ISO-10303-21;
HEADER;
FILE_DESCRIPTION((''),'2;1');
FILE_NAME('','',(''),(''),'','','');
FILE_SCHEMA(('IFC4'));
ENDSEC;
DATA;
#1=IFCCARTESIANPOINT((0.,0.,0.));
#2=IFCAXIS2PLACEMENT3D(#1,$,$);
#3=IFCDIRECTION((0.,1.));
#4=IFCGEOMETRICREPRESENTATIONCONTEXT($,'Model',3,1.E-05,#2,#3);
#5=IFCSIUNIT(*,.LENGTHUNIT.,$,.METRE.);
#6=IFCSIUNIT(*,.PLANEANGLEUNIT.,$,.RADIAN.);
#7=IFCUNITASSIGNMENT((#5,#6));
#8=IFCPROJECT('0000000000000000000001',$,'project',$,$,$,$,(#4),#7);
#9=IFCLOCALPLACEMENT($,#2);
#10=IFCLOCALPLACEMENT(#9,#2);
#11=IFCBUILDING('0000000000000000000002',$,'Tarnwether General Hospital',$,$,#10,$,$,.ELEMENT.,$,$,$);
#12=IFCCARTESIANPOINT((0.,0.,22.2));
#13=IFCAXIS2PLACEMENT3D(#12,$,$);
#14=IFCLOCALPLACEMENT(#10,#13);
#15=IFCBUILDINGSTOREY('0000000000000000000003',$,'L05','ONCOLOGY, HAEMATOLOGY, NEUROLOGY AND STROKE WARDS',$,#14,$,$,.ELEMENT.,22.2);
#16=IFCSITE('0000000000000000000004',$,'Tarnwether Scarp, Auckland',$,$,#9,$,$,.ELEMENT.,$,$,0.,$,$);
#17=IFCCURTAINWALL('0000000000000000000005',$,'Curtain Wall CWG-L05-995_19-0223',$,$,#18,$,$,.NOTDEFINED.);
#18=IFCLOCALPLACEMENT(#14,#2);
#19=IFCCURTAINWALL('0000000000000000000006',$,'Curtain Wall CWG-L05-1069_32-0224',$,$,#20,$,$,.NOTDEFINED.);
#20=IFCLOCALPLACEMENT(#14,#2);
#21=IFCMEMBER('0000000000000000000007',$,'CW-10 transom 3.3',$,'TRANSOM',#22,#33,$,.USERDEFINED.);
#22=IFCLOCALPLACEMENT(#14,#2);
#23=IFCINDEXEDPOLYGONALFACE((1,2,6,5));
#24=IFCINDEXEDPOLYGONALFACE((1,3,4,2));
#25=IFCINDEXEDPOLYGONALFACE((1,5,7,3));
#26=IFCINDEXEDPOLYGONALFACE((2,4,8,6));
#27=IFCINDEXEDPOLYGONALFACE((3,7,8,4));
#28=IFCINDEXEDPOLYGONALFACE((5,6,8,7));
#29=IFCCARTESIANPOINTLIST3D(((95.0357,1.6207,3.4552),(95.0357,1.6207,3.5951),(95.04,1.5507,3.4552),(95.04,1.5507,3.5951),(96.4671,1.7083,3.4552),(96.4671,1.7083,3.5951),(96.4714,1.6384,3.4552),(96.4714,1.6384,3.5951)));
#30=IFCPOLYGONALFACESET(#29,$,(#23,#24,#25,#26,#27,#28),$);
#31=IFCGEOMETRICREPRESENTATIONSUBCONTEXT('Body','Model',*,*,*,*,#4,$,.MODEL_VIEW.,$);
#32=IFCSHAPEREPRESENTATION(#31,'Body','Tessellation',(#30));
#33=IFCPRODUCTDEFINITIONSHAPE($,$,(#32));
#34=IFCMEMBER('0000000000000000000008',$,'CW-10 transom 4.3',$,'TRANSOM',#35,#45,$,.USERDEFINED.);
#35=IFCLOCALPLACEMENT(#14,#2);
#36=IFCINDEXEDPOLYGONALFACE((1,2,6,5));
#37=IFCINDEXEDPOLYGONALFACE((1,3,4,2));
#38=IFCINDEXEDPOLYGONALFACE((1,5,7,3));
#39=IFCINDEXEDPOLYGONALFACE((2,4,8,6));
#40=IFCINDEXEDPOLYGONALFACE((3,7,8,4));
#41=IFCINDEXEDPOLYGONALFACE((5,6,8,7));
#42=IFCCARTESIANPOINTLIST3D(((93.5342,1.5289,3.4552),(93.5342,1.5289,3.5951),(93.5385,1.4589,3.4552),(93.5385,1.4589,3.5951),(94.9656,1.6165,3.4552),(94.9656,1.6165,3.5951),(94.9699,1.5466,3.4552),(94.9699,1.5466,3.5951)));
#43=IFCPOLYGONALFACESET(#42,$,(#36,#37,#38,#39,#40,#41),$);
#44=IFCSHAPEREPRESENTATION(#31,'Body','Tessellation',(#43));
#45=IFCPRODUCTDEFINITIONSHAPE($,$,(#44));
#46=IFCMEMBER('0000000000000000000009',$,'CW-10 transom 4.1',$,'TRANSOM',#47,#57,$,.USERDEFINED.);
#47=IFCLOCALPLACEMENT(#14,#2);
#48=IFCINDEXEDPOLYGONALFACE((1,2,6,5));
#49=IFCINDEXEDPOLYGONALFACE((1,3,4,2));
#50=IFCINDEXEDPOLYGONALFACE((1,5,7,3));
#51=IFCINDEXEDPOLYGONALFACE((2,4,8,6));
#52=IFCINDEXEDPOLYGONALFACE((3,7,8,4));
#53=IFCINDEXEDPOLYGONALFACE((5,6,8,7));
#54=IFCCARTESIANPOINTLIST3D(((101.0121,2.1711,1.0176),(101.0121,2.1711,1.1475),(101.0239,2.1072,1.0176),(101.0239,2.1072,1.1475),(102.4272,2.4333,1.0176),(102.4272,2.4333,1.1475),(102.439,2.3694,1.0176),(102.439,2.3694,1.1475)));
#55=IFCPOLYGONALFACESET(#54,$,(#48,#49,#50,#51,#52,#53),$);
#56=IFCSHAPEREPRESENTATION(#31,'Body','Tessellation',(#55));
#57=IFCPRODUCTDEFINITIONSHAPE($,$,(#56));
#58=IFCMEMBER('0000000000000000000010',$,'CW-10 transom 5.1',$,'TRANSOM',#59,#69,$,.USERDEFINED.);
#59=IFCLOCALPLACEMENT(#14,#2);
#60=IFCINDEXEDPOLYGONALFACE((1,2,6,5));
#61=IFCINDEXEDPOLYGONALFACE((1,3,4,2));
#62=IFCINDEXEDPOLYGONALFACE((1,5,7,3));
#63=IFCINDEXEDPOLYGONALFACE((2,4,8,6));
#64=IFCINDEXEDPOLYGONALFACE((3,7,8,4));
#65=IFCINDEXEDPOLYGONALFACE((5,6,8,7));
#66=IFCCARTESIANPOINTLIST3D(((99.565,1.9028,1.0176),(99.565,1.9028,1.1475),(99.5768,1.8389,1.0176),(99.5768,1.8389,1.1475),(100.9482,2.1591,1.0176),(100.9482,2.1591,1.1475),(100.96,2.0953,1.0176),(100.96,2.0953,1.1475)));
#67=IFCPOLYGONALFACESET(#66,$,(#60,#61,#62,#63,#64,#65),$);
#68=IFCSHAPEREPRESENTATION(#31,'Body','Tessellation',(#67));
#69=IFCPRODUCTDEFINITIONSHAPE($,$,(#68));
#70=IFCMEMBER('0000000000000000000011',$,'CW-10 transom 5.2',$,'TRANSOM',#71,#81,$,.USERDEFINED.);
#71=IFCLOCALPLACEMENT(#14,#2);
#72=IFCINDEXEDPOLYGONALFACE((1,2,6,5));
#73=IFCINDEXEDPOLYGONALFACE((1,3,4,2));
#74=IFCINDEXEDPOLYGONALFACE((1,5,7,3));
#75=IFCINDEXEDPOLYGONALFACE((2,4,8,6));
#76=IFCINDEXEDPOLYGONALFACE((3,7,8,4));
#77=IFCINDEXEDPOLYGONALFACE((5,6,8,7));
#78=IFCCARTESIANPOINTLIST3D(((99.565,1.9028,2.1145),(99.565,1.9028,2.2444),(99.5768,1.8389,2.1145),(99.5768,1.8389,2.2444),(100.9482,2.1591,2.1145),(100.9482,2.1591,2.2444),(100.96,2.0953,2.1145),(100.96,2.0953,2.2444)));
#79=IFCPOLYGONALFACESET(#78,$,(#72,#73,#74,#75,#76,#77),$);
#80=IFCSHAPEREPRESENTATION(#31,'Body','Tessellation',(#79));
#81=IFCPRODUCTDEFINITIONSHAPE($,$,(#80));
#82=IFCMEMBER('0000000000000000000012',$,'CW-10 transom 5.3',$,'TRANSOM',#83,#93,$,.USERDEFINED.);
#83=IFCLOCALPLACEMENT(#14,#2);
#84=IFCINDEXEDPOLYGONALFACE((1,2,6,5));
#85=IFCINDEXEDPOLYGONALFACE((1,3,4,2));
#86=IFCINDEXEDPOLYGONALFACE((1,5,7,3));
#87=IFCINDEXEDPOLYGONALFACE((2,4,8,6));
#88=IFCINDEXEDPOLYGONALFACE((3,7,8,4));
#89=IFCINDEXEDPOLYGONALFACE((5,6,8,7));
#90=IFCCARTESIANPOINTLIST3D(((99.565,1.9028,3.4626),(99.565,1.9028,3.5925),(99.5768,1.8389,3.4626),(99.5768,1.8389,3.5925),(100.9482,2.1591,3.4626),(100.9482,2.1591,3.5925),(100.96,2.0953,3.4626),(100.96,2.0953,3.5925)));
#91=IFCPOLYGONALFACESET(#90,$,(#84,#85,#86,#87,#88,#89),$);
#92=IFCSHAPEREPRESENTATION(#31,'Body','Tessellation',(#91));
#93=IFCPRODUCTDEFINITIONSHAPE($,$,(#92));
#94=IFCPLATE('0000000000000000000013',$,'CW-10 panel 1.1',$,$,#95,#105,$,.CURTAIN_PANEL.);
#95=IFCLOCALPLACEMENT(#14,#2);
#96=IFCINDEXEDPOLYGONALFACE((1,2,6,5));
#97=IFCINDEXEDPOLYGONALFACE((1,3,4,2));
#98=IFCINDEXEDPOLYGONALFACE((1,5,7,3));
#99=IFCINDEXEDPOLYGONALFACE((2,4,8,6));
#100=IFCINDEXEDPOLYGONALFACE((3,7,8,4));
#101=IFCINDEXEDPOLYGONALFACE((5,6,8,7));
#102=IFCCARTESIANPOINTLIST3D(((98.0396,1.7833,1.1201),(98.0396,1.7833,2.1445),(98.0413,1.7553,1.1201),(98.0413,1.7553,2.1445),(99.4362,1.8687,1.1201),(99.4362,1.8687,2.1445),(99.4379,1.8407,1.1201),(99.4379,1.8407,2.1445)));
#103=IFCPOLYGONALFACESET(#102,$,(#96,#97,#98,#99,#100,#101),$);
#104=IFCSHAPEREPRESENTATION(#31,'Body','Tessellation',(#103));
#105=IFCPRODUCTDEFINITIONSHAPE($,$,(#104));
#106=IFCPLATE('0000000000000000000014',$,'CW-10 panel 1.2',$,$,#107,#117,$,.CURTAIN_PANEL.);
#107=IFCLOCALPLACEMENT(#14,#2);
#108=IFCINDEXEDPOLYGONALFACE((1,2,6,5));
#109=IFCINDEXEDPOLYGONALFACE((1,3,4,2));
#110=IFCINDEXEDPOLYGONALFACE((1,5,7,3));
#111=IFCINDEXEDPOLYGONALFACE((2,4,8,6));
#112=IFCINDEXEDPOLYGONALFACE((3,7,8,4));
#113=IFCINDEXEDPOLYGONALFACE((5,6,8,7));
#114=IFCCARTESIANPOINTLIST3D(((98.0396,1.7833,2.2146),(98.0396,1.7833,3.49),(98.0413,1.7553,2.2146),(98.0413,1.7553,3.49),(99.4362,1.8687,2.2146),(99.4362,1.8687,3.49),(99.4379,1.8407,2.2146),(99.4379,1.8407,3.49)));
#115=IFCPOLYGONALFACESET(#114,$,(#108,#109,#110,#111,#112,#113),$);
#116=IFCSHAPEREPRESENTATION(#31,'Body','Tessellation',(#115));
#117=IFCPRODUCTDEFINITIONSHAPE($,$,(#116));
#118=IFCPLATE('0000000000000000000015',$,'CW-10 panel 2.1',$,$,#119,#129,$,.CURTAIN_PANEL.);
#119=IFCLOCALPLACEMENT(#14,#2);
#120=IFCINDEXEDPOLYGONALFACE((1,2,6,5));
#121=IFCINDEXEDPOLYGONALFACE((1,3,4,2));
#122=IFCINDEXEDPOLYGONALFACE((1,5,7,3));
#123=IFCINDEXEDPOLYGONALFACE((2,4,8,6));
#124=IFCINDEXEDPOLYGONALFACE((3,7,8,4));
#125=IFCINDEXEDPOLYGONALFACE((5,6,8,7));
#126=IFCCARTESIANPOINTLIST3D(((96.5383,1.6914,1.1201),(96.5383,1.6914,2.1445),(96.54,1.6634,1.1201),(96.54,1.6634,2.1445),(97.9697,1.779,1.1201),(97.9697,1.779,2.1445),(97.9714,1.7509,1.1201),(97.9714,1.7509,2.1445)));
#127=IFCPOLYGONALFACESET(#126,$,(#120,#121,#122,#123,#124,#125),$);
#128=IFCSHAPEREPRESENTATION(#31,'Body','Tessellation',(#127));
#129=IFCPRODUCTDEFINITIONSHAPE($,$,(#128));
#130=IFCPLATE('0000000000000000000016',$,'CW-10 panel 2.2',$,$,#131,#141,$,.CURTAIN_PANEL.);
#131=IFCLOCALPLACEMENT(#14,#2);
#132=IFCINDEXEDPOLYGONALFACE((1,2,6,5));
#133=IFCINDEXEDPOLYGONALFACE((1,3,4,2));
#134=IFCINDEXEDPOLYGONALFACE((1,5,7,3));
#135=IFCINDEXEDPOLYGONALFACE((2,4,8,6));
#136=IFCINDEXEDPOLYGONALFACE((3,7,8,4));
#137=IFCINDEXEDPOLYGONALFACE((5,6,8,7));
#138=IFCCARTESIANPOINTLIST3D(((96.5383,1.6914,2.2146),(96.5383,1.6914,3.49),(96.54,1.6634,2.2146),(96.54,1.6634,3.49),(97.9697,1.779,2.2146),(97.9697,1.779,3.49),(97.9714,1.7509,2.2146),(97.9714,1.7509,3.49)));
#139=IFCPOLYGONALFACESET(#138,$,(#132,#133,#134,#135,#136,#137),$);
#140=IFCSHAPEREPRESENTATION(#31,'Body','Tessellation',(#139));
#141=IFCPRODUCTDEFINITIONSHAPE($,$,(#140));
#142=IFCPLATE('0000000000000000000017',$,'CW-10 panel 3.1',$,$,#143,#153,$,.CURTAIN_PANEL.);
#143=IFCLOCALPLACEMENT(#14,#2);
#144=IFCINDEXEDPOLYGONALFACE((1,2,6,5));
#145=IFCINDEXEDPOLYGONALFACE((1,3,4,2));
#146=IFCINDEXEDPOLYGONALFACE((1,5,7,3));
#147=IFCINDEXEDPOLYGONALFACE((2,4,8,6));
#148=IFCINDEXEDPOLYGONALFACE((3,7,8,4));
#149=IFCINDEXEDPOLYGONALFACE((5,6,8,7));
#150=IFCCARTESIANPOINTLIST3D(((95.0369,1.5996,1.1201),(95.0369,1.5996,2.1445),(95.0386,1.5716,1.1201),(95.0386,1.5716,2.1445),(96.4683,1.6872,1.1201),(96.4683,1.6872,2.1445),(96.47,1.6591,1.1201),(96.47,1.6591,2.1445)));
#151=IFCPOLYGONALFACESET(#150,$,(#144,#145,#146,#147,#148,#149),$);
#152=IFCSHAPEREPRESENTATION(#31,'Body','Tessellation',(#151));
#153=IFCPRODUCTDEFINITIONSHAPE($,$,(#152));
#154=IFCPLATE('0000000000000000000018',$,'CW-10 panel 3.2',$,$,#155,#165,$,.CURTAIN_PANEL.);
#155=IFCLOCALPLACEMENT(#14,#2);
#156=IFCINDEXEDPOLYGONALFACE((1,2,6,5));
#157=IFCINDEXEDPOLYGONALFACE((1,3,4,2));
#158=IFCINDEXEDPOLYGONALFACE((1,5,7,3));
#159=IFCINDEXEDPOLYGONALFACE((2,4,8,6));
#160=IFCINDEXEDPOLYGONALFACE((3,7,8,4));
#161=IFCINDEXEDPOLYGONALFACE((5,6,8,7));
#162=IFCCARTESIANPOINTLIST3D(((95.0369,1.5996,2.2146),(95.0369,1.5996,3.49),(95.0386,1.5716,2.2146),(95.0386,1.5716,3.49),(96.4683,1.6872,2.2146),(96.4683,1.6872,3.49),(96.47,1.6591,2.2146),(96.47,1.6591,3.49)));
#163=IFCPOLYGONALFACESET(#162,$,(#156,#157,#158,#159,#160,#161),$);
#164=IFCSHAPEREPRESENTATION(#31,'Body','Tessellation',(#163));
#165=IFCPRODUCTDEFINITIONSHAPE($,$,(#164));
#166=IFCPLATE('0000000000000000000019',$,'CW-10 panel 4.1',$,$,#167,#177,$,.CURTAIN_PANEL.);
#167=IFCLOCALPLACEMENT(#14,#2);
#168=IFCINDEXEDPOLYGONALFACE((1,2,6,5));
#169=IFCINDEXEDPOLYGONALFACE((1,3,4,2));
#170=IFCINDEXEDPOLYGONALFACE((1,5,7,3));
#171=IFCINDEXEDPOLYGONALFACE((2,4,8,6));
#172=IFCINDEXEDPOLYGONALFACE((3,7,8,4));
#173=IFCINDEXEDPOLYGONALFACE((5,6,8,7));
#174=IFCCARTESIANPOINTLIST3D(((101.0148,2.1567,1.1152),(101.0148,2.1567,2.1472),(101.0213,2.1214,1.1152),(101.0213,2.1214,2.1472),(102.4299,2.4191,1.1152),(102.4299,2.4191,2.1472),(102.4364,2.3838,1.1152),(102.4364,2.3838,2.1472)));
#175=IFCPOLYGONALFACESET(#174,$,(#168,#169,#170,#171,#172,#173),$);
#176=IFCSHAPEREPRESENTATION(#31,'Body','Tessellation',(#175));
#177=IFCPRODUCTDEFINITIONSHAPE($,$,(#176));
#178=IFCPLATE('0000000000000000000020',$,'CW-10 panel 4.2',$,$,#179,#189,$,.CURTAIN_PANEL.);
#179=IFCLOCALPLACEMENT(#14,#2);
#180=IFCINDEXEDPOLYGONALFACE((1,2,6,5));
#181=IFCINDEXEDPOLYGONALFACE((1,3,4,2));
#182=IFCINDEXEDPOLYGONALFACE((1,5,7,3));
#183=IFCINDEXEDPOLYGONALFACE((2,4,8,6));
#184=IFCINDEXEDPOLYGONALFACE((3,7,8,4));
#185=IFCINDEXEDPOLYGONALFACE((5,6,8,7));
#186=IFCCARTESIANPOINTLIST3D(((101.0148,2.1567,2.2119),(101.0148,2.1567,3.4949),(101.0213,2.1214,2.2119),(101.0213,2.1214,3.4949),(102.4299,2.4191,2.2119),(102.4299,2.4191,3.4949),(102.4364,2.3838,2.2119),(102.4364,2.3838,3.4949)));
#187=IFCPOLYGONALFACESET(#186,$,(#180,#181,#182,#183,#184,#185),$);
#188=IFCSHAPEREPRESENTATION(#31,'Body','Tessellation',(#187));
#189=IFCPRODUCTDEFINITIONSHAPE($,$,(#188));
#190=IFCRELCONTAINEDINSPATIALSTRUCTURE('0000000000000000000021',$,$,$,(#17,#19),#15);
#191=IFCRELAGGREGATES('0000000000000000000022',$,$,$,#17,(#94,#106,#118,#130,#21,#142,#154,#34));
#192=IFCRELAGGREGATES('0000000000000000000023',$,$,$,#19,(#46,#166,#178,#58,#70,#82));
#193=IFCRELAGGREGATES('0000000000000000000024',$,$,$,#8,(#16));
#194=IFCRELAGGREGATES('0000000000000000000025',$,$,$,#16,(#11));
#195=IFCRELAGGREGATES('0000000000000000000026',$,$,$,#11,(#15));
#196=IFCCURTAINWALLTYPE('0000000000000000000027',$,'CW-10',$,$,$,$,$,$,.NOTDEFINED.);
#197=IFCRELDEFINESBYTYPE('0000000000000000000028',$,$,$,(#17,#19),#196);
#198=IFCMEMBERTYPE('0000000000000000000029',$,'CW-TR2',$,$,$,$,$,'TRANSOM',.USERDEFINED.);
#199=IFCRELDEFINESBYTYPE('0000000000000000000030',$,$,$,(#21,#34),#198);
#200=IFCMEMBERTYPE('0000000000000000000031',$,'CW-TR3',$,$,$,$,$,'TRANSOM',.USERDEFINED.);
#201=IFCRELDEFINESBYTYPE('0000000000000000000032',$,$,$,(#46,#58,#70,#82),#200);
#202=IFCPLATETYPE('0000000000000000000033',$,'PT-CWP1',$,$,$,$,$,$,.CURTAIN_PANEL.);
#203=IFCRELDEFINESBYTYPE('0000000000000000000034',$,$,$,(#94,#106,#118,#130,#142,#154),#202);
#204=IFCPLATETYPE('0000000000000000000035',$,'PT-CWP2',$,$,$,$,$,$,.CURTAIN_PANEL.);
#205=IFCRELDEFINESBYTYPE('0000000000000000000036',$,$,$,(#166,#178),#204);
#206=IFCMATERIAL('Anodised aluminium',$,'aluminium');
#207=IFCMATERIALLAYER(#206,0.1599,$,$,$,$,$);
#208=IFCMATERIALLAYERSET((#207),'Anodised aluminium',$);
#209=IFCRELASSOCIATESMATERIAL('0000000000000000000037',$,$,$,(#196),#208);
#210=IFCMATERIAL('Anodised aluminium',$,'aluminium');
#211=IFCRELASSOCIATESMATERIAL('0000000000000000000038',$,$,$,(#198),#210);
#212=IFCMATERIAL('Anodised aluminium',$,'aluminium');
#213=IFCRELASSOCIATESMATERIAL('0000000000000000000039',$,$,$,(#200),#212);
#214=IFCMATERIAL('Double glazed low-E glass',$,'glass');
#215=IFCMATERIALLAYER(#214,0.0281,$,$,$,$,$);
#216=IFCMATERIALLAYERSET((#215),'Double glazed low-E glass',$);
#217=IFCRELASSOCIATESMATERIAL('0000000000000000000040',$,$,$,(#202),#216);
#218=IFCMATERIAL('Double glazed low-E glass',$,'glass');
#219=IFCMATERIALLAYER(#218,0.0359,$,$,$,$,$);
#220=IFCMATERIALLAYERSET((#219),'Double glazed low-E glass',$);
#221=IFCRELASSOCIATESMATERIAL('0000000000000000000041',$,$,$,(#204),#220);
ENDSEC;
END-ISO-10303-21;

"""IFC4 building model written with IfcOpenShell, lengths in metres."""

from ifc_helpers import new_model, si_unit, direction, frame, origin, origin_2d, place, context, subcontext, project, spatial, rectangle, extrude, material, layer, layer_set, material_profile, profile_set, type_object, element, aggregate, save


model = new_model("IFC4")

# Units and contexts
model_context = context("Model", 3, precision=1e-05, world=origin(), true_north=direction((0.0, 1.0)))
body_context = subcontext(model_context, "Body", "Model", "MODEL_VIEW")
ifc_project = project(units=[si_unit("LENGTHUNIT", "METRE"), si_unit("PLANEANGLEUNIT", "RADIAN")], contexts=[model_context])

# Site, building, storey
site_placement = place(None, origin())
site = spatial("IfcSite", under=ifc_project, at=site_placement, Name="Tarnwether Scarp, Auckland", CompositionType="ELEMENT", RefElevation=0.0)
building_placement = place(site_placement, origin())
building = spatial("IfcBuilding", under=site, at=building_placement, Name="Tarnwether General Hospital", CompositionType="ELEMENT")
storey_placement = place(building_placement, frame((0.0, 0.0, 22.2)))
storey = spatial("IfcBuildingStorey", under=building, at=storey_placement, Name="L05", Description="ONCOLOGY, HAEMATOLOGY, NEUROLOGY AND STROKE WARDS", CompositionType="ELEMENT", Elevation=22.2)

# Curtain walls
ifc_material_1 = material(Name="Anodised aluminium", Category="aluminium")
ifc_layer_1 = layer(ifc_material_1, 0.1599)
ifc_layer_set_1 = layer_set([ifc_layer_1], Name="Anodised aluminium")
curtain_wall_type = type_object("IfcCurtainWallType", Name="CW-10", PredefinedType="NOTDEFINED", material=ifc_layer_set_1)
curtain_wall_1_placement = place(storey_placement, origin())
curtain_wall_1 = element("IfcCurtainWall", 1, at=curtain_wall_1_placement, inside=storey, type_object=curtain_wall_type, Name="Curtain Wall CWG-L05-995_19-0223", PredefinedType="NOTDEFINED")
curtain_wall_2_placement = place(storey_placement, origin())
curtain_wall_2 = element("IfcCurtainWall", 2, at=curtain_wall_2_placement, inside=storey, type_object=curtain_wall_type, Name="Curtain Wall CWG-L05-1069_32-0224", PredefinedType="NOTDEFINED")

# Members
ifc_material_2 = material(Name="Anodised aluminium", Category="aluminium")
ifc_material_profile_1 = material_profile(ifc_material_2, rectangle(XDim=0.0701, YDim=0.1399, at=origin_2d()), Name="ALU-TRN-70x140")
ifc_profile_set_1 = profile_set([ifc_material_profile_1], Name="Anodised aluminium")
member_type_1 = type_object("IfcMemberType", Name="CW-TR2", ElementType="TRANSOM", PredefinedType="USERDEFINED", material=ifc_profile_set_1)
member_1_placement = place(storey_placement, frame((96.4692, 1.6733, 3.5251), z_axis=(-0.998131, -0.061117, 0.0), x_axis=(0.061117, -0.998131, 0.0)))
member_1 = element("IfcMember", 3, at=member_1_placement, type_object=member_type_1, Name="CW-10 transom 3.3", ObjectType="TRANSOM", PredefinedType="USERDEFINED", context=body_context, shape_type="SweptSolid", body=[
    extrude(rectangle(XDim=0.0701, YDim=0.1399, at=origin_2d()), origin(), (0.0, 0.0, 1.0), 1.4341),
])
member_2_placement = place(storey_placement, frame((94.9678, 1.5815, 3.5251), z_axis=(-0.998131, -0.061117, 0.0), x_axis=(0.061117, -0.998131, 0.0)))
member_2 = element("IfcMember", 4, at=member_2_placement, type_object=member_type_1, Name="CW-10 transom 4.3", ObjectType="TRANSOM", PredefinedType="USERDEFINED", context=body_context, shape_type="SweptSolid", body=[
    extrude(rectangle(XDim=0.0701, YDim=0.1399, at=origin_2d()), origin(), (0.0, 0.0, 1.0), 1.4341),
])
ifc_material_3 = material(Name="Anodised aluminium", Category="aluminium")
ifc_material_profile_2 = material_profile(ifc_material_3, rectangle(XDim=0.0649, YDim=0.1299, at=origin_2d()), Name="ALU-TRN-65x130")
ifc_profile_set_2 = profile_set([ifc_material_profile_2], Name="Anodised aluminium")
member_type_2 = type_object("IfcMemberType", Name="CW-TR3", ElementType="TRANSOM", PredefinedType="USERDEFINED", material=ifc_profile_set_2)
member_3_placement = place(storey_placement, frame((102.4331, 2.4014, 1.0825), z_axis=(-0.983262, -0.182199, 0.0), x_axis=(0.182199, -0.983262, 0.0)))
member_3 = element("IfcMember", 5, at=member_3_placement, type_object=member_type_2, Name="CW-10 transom 4.1", ObjectType="TRANSOM", PredefinedType="USERDEFINED", context=body_context, shape_type="SweptSolid", body=[
    extrude(rectangle(XDim=0.0649, YDim=0.1299, at=origin_2d()), origin(), (0.0, 0.0, 1.0), 1.4392),
])
member_4_placement = place(storey_placement, frame((100.9541, 2.1272, 1.0825), z_axis=(-0.983259, -0.182214, 0.0), x_axis=(0.182214, -0.983259, 0.0)))
member_4 = element("IfcMember", 6, at=member_4_placement, type_object=member_type_2, Name="CW-10 transom 5.1", ObjectType="TRANSOM", PredefinedType="USERDEFINED", context=body_context, shape_type="SweptSolid", body=[
    extrude(rectangle(XDim=0.0649, YDim=0.1299, at=origin_2d()), origin(), (0.0, 0.0, 1.0), 1.4067),
])
member_5_placement = place(storey_placement, frame((100.9541, 2.1272, 2.1794), z_axis=(-0.983259, -0.182214, 0.0), x_axis=(0.182214, -0.983259, 0.0)))
member_5 = element("IfcMember", 7, at=member_5_placement, type_object=member_type_2, Name="CW-10 transom 5.2", ObjectType="TRANSOM", PredefinedType="USERDEFINED", context=body_context, shape_type="SweptSolid", body=[
    extrude(rectangle(XDim=0.0649, YDim=0.1299, at=origin_2d()), origin(), (0.0, 0.0, 1.0), 1.4067),
])
member_6_placement = place(storey_placement, frame((100.9541, 2.1272, 3.5276), z_axis=(-0.983259, -0.182214, 0.0), x_axis=(0.182214, -0.983259, 0.0)))
member_6 = element("IfcMember", 8, at=member_6_placement, type_object=member_type_2, Name="CW-10 transom 5.3", ObjectType="TRANSOM", PredefinedType="USERDEFINED", context=body_context, shape_type="SweptSolid", body=[
    extrude(rectangle(XDim=0.0649, YDim=0.1299, at=origin_2d()), origin(), (0.0, 0.0, 1.0), 1.4067),
])

# Plates
ifc_material_4 = material(Name="Double glazed low-E glass", Category="glass")
ifc_layer_2 = layer(ifc_material_4, 0.0281)
ifc_layer_set_2 = layer_set([ifc_layer_2], Name="Double glazed low-E glass")
plate_type_1 = type_object("IfcPlateType", Name="PT-CWP1", PredefinedType="CURTAIN_PANEL", material=ifc_layer_set_2)
plate_1_placement = place(storey_placement, frame((98.7388, 1.812, 1.1201), z_axis=(0.0, 0.0, 1.0), x_axis=(-0.998136, -0.061029, 0.0)))
plate_1 = element("IfcPlate", 9, at=plate_1_placement, type_object=plate_type_1, Name="CW-10 panel 1.1", PredefinedType="CURTAIN_PANEL", context=body_context, shape_type="SweptSolid", body=[
    extrude(rectangle(XDim=1.3992, YDim=0.0281, at=origin_2d()), origin(), (0.0, 0.0, 1.0), 1.0244),
])
plate_2_placement = place(storey_placement, frame((98.7388, 1.812, 2.2146), z_axis=(0.0, 0.0, 1.0), x_axis=(-0.998136, -0.061029, 0.0)))
plate_2 = element("IfcPlate", 10, at=plate_2_placement, type_object=plate_type_1, Name="CW-10 panel 1.2", PredefinedType="CURTAIN_PANEL", context=body_context, shape_type="SweptSolid", body=[
    extrude(rectangle(XDim=1.3992, YDim=0.0281, at=origin_2d()), origin(), (0.0, 0.0, 1.0), 1.2754),
])
plate_3_placement = place(storey_placement, frame((97.2549, 1.7212, 1.1201), z_axis=(0.0, 0.0, 1.0), x_axis=(-0.998136, -0.061029, 0.0)))
plate_3 = element("IfcPlate", 11, at=plate_3_placement, type_object=plate_type_1, Name="CW-10 panel 2.1", PredefinedType="CURTAIN_PANEL", context=body_context, shape_type="SweptSolid", body=[
    extrude(rectangle(XDim=1.4341, YDim=0.0281, at=origin_2d()), origin(), (0.0, 0.0, 1.0), 1.0244),
])
plate_4_placement = place(storey_placement, frame((97.2549, 1.7212, 2.2146), z_axis=(0.0, 0.0, 1.0), x_axis=(-0.998136, -0.061029, 0.0)))
plate_4 = element("IfcPlate", 12, at=plate_4_placement, type_object=plate_type_1, Name="CW-10 panel 2.2", PredefinedType="CURTAIN_PANEL", context=body_context, shape_type="SweptSolid", body=[
    extrude(rectangle(XDim=1.4341, YDim=0.0281, at=origin_2d()), origin(), (0.0, 0.0, 1.0), 1.2754),
])
plate_5_placement = place(storey_placement, frame((95.7534, 1.6294, 1.1201), z_axis=(0.0, 0.0, 1.0), x_axis=(-0.998136, -0.061029, 0.0)))
plate_5 = element("IfcPlate", 13, at=plate_5_placement, type_object=plate_type_1, Name="CW-10 panel 3.1", PredefinedType="CURTAIN_PANEL", context=body_context, shape_type="SweptSolid", body=[
    extrude(rectangle(XDim=1.4341, YDim=0.0281, at=origin_2d()), origin(), (0.0, 0.0, 1.0), 1.0244),
])
plate_6_placement = place(storey_placement, frame((95.7534, 1.6294, 2.2146), z_axis=(0.0, 0.0, 1.0), x_axis=(-0.998136, -0.061029, 0.0)))
plate_6 = element("IfcPlate", 14, at=plate_6_placement, type_object=plate_type_1, Name="CW-10 panel 3.2", PredefinedType="CURTAIN_PANEL", context=body_context, shape_type="SweptSolid", body=[
    extrude(rectangle(XDim=1.4341, YDim=0.0281, at=origin_2d()), origin(), (0.0, 0.0, 1.0), 1.2754),
])
aggregate(curtain_wall_1, [plate_1, plate_2, plate_3, plate_4, member_1, plate_5, plate_6, member_2])
ifc_material_5 = material(Name="Double glazed low-E glass", Category="glass")
ifc_layer_3 = layer(ifc_material_5, 0.0359)
ifc_layer_set_3 = layer_set([ifc_layer_3], Name="Double glazed low-E glass")
plate_type_2 = type_object("IfcPlateType", Name="PT-CWP2", PredefinedType="CURTAIN_PANEL", material=ifc_layer_set_3)
plate_7_placement = place(storey_placement, frame((101.7256, 2.2703, 1.1152), z_axis=(0.0, 0.0, 1.0), x_axis=(-0.983245, -0.182289, 0.0)))
plate_7 = element("IfcPlate", 15, at=plate_7_placement, type_object=plate_type_2, Name="CW-10 panel 4.1", PredefinedType="CURTAIN_PANEL", context=body_context, shape_type="SweptSolid", body=[
    extrude(rectangle(XDim=1.4392, YDim=0.0359, at=origin_2d()), origin(), (0.0, 0.0, 1.0), 1.032),
])
plate_8_placement = place(storey_placement, frame((101.7256, 2.2703, 2.2119), z_axis=(0.0, 0.0, 1.0), x_axis=(-0.983245, -0.182289, 0.0)))
plate_8 = element("IfcPlate", 16, at=plate_8_placement, type_object=plate_type_2, Name="CW-10 panel 4.2", PredefinedType="CURTAIN_PANEL", context=body_context, shape_type="SweptSolid", body=[
    extrude(rectangle(XDim=1.4392, YDim=0.0359, at=origin_2d()), origin(), (0.0, 0.0, 1.0), 1.283),
])
aggregate(curtain_wall_2, [member_3, plate_7, plate_8, member_4, member_5, member_6])

save(model, "model.ifc")
